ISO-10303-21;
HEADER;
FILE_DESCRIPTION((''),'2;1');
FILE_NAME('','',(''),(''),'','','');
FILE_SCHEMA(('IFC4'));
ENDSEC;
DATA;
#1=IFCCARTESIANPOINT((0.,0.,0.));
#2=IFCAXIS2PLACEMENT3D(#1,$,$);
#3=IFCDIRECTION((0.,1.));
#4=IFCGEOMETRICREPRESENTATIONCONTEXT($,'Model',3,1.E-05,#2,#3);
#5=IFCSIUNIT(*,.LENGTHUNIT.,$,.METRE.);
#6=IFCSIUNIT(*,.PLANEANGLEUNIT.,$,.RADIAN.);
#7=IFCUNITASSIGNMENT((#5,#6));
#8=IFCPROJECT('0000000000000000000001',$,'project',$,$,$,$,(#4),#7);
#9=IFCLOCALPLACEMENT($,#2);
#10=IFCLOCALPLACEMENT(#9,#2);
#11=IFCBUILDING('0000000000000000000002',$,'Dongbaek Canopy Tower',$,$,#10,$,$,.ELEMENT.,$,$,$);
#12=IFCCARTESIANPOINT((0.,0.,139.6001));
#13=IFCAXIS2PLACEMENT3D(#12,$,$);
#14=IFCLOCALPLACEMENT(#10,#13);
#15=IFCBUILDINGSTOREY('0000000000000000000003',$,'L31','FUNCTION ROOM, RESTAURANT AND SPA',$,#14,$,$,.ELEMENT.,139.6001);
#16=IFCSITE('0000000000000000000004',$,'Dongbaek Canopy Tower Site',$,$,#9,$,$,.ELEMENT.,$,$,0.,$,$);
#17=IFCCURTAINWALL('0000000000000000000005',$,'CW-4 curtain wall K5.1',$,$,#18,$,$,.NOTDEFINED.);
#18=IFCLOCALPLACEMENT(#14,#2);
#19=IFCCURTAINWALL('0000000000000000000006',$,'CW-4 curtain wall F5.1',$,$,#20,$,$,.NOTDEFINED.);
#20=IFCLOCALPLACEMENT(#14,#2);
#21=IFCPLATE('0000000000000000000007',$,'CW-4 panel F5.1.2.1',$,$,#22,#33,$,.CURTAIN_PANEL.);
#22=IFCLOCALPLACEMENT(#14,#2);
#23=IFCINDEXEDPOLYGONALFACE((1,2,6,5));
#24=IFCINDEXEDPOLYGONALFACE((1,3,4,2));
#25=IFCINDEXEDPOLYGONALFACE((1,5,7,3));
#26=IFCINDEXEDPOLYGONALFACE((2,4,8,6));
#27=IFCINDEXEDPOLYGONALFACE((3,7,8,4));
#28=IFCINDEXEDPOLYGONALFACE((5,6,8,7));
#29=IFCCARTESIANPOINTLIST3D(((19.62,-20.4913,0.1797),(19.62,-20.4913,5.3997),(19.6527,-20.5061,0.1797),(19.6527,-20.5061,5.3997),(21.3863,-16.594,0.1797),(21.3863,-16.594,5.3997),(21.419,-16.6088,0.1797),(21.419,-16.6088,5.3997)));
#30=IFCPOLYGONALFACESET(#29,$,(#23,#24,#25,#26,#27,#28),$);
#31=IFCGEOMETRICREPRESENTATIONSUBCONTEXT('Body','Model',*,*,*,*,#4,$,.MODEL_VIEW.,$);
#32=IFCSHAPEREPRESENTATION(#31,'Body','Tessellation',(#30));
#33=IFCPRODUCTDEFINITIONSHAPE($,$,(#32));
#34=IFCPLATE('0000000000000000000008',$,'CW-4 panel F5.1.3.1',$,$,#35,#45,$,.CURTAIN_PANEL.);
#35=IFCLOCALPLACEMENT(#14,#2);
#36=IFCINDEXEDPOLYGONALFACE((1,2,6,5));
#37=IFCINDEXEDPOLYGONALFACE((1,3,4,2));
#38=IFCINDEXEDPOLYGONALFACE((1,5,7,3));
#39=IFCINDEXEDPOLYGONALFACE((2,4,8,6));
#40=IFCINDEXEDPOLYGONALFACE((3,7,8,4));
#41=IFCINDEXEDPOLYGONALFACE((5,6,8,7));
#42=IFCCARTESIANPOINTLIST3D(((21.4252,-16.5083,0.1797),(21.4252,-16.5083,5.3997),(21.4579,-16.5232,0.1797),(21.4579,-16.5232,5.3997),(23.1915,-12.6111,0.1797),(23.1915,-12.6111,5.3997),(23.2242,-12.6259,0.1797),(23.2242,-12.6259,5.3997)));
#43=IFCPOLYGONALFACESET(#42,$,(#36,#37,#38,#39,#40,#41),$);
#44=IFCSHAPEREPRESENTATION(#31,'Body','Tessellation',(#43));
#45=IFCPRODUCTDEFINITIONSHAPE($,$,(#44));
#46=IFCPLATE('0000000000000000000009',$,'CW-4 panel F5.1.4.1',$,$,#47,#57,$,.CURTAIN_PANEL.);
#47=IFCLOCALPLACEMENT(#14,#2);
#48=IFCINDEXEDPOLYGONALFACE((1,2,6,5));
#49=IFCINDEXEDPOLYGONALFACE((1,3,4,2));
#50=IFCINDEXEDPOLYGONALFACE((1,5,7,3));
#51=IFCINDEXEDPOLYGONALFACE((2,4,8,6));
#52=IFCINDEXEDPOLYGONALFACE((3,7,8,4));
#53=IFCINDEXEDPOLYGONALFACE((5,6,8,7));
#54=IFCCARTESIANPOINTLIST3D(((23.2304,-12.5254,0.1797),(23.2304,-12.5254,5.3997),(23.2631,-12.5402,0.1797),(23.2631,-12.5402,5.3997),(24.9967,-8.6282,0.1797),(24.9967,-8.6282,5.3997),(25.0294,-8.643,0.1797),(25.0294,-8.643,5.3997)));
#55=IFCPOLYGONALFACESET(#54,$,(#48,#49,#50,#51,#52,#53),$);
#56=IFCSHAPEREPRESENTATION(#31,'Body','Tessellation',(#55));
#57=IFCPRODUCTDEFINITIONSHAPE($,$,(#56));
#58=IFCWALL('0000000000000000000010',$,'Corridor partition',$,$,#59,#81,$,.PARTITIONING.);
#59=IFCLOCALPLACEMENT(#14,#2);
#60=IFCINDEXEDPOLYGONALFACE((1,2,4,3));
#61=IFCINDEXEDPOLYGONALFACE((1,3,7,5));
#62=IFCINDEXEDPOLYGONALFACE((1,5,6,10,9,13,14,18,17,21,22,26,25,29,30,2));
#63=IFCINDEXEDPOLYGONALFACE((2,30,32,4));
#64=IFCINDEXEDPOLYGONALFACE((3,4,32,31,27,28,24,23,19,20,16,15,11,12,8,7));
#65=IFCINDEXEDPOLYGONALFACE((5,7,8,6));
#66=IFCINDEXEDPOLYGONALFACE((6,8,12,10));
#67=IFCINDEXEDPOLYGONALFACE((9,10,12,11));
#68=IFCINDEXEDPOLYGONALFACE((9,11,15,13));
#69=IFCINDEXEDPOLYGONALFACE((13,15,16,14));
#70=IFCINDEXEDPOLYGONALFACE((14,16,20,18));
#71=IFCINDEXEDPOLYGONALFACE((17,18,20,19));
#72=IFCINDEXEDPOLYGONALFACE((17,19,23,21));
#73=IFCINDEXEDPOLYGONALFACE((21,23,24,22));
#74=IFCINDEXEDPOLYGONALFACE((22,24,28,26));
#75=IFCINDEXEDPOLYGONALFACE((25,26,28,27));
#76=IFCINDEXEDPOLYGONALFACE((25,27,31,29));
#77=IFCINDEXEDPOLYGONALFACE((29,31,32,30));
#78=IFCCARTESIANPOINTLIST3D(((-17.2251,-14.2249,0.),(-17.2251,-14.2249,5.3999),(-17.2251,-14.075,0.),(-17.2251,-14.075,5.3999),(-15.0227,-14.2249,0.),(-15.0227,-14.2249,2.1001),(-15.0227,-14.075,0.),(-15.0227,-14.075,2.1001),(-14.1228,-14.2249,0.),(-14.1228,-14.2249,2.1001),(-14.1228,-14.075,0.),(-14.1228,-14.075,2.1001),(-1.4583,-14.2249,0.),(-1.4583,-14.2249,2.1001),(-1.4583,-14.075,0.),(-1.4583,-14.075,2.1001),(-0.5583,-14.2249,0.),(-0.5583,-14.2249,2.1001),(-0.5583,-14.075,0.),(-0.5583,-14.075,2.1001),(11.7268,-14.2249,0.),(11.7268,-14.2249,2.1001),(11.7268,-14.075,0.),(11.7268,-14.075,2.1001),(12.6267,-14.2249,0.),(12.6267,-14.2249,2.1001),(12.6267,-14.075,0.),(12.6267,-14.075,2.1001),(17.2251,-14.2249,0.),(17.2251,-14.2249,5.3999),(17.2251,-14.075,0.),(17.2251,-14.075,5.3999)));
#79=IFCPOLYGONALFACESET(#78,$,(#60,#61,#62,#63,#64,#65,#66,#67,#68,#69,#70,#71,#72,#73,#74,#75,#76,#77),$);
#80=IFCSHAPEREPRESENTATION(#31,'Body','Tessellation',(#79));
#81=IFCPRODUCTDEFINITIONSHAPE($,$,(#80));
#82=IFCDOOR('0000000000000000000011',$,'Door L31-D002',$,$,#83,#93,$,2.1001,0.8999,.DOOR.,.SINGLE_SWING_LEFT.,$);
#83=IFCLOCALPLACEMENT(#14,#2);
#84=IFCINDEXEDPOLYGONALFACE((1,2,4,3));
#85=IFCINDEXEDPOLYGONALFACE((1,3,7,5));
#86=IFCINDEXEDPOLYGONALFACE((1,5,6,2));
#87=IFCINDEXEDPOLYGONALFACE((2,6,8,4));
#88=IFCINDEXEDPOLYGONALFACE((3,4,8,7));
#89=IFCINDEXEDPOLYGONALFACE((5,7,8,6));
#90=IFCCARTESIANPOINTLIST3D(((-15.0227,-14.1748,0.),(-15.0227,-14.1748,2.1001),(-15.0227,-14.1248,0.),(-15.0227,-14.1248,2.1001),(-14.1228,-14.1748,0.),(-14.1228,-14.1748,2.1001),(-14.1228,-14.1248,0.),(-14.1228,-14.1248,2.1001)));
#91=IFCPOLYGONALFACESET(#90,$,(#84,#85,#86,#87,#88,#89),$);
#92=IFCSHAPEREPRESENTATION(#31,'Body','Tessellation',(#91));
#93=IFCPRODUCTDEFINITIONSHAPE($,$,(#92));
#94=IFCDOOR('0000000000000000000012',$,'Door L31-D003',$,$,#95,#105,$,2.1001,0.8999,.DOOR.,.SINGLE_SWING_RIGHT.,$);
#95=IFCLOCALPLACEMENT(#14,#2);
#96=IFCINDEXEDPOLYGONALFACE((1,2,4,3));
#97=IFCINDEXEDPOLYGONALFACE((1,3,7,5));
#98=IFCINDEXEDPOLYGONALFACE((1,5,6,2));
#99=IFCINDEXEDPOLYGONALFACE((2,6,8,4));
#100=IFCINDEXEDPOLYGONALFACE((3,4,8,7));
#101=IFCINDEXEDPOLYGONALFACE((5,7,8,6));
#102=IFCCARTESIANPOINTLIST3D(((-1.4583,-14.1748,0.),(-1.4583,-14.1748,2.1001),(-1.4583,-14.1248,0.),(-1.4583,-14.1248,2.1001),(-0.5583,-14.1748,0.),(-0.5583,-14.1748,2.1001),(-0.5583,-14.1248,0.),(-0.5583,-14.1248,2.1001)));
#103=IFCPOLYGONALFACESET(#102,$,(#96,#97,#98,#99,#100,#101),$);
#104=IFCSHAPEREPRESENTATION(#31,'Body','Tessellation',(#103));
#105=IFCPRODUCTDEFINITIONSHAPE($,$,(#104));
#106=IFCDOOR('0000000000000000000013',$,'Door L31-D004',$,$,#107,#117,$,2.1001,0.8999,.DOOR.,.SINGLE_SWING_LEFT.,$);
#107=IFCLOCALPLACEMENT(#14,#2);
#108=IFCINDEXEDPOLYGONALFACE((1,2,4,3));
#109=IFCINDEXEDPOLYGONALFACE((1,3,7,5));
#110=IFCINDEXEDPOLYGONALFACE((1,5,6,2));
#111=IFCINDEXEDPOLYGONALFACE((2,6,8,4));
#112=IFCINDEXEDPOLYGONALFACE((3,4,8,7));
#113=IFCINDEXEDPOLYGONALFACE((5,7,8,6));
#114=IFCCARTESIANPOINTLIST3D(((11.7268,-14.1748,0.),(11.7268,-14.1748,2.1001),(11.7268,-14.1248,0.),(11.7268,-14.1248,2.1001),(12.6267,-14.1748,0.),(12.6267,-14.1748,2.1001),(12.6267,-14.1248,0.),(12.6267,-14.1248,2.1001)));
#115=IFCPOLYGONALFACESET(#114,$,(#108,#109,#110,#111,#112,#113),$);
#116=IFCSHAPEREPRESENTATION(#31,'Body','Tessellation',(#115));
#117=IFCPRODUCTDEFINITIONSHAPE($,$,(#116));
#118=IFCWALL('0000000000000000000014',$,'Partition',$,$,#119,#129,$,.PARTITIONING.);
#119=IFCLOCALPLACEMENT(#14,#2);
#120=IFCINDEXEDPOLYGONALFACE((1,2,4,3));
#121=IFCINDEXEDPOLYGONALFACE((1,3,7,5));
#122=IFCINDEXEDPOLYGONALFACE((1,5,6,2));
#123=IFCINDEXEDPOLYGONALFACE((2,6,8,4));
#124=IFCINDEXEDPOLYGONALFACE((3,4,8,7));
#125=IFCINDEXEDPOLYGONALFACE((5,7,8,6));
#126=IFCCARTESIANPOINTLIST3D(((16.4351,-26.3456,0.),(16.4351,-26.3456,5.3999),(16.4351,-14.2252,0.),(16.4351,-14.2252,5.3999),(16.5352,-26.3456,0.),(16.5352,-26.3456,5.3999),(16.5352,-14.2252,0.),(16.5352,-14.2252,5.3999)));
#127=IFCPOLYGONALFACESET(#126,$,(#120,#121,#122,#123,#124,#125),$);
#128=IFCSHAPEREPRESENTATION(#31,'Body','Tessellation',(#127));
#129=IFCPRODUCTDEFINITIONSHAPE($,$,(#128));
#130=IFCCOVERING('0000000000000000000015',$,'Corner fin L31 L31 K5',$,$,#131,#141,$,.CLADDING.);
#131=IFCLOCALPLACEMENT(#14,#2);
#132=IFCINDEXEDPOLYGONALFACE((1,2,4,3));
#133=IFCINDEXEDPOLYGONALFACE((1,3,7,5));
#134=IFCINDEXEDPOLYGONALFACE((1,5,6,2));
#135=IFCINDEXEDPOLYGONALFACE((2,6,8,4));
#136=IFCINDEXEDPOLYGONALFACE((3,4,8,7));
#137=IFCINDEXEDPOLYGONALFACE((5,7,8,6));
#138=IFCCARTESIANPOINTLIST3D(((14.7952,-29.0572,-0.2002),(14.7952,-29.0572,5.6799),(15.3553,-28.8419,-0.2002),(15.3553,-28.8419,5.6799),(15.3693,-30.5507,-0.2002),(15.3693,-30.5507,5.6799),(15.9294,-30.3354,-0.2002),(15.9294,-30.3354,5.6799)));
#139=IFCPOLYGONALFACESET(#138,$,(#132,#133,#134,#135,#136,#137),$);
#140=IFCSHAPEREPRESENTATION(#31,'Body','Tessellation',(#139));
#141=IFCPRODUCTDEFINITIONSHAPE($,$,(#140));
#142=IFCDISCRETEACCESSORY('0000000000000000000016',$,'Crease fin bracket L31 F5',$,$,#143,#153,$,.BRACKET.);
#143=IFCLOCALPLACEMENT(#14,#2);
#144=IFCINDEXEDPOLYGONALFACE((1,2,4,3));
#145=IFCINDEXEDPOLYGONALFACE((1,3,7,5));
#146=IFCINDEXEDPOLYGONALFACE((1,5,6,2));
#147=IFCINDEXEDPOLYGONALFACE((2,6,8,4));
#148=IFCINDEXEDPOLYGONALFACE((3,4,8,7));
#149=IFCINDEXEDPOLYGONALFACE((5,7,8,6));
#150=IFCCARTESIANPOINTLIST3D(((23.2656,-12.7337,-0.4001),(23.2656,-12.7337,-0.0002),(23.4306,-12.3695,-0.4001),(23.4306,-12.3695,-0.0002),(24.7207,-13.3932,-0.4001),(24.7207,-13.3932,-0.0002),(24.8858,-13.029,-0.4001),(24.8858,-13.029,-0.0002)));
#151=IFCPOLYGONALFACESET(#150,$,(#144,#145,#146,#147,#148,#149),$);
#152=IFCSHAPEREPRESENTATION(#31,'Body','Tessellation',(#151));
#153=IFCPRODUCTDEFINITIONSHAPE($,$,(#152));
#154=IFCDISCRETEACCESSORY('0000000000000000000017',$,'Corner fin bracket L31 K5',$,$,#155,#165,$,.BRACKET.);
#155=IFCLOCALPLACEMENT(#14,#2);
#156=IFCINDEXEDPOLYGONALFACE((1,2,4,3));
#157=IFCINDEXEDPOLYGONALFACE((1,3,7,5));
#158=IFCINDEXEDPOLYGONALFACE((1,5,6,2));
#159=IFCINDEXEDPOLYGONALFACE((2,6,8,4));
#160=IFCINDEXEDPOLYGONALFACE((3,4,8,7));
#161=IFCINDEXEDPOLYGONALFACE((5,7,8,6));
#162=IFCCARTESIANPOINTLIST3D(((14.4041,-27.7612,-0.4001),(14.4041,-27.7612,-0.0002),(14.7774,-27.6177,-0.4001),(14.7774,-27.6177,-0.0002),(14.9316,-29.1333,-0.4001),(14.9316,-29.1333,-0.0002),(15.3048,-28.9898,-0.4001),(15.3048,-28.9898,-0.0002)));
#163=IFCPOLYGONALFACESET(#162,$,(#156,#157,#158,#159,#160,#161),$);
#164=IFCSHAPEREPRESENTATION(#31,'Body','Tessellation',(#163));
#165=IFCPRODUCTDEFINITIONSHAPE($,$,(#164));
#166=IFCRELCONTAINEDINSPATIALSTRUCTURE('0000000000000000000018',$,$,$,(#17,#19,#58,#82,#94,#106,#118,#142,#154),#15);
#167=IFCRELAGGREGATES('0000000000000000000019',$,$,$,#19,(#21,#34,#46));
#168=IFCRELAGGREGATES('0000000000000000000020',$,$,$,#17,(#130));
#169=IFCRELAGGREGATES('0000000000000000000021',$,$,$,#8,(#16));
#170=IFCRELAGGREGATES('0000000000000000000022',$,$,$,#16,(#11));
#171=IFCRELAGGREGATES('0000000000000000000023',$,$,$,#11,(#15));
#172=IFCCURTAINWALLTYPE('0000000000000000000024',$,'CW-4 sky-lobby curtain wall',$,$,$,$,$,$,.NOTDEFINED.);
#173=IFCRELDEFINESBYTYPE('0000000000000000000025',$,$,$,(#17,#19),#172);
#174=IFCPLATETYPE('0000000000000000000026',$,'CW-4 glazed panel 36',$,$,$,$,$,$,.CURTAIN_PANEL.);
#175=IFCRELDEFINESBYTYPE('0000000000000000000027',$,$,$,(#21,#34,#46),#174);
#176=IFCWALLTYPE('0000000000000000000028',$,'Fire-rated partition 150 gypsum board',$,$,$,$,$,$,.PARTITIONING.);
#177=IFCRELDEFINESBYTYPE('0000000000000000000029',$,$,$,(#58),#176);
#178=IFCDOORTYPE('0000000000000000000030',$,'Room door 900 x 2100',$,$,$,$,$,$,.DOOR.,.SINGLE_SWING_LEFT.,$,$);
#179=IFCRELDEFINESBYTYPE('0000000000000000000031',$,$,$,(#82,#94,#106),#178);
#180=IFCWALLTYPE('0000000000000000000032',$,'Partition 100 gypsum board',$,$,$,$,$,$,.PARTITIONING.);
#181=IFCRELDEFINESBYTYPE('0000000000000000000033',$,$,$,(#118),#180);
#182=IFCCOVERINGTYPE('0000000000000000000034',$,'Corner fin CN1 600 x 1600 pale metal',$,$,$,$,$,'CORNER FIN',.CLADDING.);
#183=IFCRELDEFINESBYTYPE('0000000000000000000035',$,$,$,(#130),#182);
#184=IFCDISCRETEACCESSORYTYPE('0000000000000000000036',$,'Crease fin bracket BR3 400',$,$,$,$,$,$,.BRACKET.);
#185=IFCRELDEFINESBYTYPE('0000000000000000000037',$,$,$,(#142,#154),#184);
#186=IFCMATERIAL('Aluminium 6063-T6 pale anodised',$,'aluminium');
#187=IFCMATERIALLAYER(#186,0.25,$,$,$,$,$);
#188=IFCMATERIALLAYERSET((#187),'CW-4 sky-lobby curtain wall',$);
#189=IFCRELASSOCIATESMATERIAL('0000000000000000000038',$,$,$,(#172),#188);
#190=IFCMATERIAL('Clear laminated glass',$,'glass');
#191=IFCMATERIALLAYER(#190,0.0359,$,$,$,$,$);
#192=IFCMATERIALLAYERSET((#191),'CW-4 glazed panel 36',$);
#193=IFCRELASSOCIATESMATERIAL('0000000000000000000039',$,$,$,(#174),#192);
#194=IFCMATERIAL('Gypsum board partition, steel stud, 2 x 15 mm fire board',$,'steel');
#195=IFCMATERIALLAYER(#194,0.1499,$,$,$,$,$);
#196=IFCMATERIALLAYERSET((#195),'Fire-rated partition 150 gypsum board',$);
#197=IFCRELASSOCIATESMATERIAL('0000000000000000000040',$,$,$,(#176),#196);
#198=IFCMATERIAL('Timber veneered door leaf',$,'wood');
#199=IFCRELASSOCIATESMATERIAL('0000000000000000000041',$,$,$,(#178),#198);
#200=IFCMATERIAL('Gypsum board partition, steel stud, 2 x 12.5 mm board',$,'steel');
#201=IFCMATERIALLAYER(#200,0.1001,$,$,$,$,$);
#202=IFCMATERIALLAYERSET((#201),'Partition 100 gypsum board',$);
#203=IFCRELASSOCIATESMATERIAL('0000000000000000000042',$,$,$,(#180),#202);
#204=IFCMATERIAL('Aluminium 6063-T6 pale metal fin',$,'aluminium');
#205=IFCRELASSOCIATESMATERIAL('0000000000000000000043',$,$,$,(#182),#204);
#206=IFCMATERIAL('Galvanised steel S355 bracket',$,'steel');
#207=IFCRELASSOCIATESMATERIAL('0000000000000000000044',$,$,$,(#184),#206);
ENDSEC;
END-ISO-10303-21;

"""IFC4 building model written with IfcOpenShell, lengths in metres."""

from ifc_helpers import new_model, si_unit, direction, frame, frame_2d, origin, origin_2d, place, context, subcontext, project, spatial, rectangle, extrude, material, layer, layer_set, material_profile, profile_set, type_object, element, fill, aggregate, save


model = new_model("IFC4")

# Units and contexts
model_context = context("Model", 3, precision=1e-05, world=origin(), true_north=direction((0.0, 1.0)))
body_context = subcontext(model_context, "Body", "Model", "MODEL_VIEW")
ifc_project = project(units=[si_unit("LENGTHUNIT", "METRE"), si_unit("PLANEANGLEUNIT", "RADIAN")], contexts=[model_context])

# Site, building, storey
site_placement = place(None, origin())
site = spatial("IfcSite", under=ifc_project, at=site_placement, Name="Dongbaek Canopy Tower Site", CompositionType="ELEMENT", RefElevation=0.0)
building_placement = place(site_placement, origin())
building = spatial("IfcBuilding", under=site, at=building_placement, Name="Dongbaek Canopy Tower", CompositionType="ELEMENT")
storey_placement = place(building_placement, frame((0.0, 0.0, 139.6001)))
storey = spatial("IfcBuildingStorey", under=building, at=storey_placement, Name="L31", Description="FUNCTION ROOM, RESTAURANT AND SPA", CompositionType="ELEMENT", Elevation=139.6001)

# Curtain walls
ifc_material_1 = material(Name="Aluminium 6063-T6 pale anodised", Category="aluminium")
ifc_layer_1 = layer(ifc_material_1, 0.25)
ifc_layer_set_1 = layer_set([ifc_layer_1], Name="CW-4 sky-lobby curtain wall")
curtain_wall_type = type_object("IfcCurtainWallType", Name="CW-4 sky-lobby curtain wall", PredefinedType="NOTDEFINED", material=ifc_layer_set_1)
curtain_wall_1_placement = place(storey_placement, origin())
curtain_wall_1 = element("IfcCurtainWall", 1, at=curtain_wall_1_placement, inside=storey, type_object=curtain_wall_type, Name="CW-4 curtain wall K5.1", PredefinedType="NOTDEFINED")
curtain_wall_2_placement = place(storey_placement, origin())
curtain_wall_2 = element("IfcCurtainWall", 2, at=curtain_wall_2_placement, inside=storey, type_object=curtain_wall_type, Name="CW-4 curtain wall F5.1", PredefinedType="NOTDEFINED")

# Plates
ifc_material_2 = material(Name="Clear laminated glass", Category="glass")
ifc_layer_2 = layer(ifc_material_2, 0.0359)
ifc_layer_set_2 = layer_set([ifc_layer_2], Name="CW-4 glazed panel 36")
plate_type = type_object("IfcPlateType", Name="CW-4 glazed panel 36", PredefinedType="CURTAIN_PANEL", material=ifc_layer_set_2)
plate_1_placement = place(storey_placement, frame((20.5195, -18.55, 0.1797), z_axis=(0.0, 0.0, 1.0), x_axis=(0.412804, 0.91082, 0.0)))
plate_1 = element("IfcPlate", 3, at=plate_1_placement, type_object=plate_type, Name="CW-4 panel F5.1.2.1", PredefinedType="CURTAIN_PANEL", context=body_context, shape_type="SweptSolid", body=[
    extrude(rectangle(XDim=4.2788, YDim=0.0359, at=origin_2d()), origin(), (0.0, 0.0, 1.0), 5.22),
])
plate_2_placement = place(storey_placement, frame((22.3247, -14.5671, 0.1797), z_axis=(0.0, 0.0, 1.0), x_axis=(0.412804, 0.91082, 0.0)))
plate_2 = element("IfcPlate", 4, at=plate_2_placement, type_object=plate_type, Name="CW-4 panel F5.1.3.1", PredefinedType="CURTAIN_PANEL", context=body_context, shape_type="SweptSolid", body=[
    extrude(rectangle(XDim=4.2788, YDim=0.0359, at=origin_2d()), origin(), (0.0, 0.0, 1.0), 5.22),
])
plate_3_placement = place(storey_placement, frame((24.1299, -10.5842, 0.1797), z_axis=(0.0, 0.0, 1.0), x_axis=(0.412804, 0.91082, 0.0)))
plate_3 = element("IfcPlate", 5, at=plate_3_placement, type_object=plate_type, Name="CW-4 panel F5.1.4.1", PredefinedType="CURTAIN_PANEL", context=body_context, shape_type="SweptSolid", body=[
    extrude(rectangle(XDim=4.2788, YDim=0.0359, at=origin_2d()), origin(), (0.0, 0.0, 1.0), 5.22),
])
aggregate(curtain_wall_2, [plate_1, plate_2, plate_3])

# Wall, openings, doors
ifc_material_3 = material(Name="Gypsum board partition, steel stud, 2 x 15 mm fire board", Category="steel")
ifc_layer_3 = layer(ifc_material_3, 0.1499)
ifc_layer_set_3 = layer_set([ifc_layer_3], Name="Fire-rated partition 150 gypsum board")
wall_type_1 = type_object("IfcWallType", Name="Fire-rated partition 150 gypsum board", PredefinedType="PARTITIONING", material=ifc_layer_set_3)
wall_1_placement = place(storey_placement, frame((17.2251, -14.1499, 0.0), z_axis=(0.0, 0.0, 1.0), x_axis=(-1.0, 0.0, 0.0)))
wall_1 = element("IfcWall", 6, at=wall_1_placement, inside=storey, type_object=wall_type_1, Name="Corridor partition", PredefinedType="PARTITIONING", context=body_context, shape_type="SweptSolid", body=[
    extrude(rectangle(XDim=34.4502, YDim=0.1499, at=frame_2d((17.2251, 0.0))), origin(), (0.0, 0.0, 1.0), 5.3999),
])
opening_1_placement = place(wall_1_placement, frame((31.3479, 0.0, 0.0)))
opening_1 = element("IfcOpeningElement", 7, at=opening_1_placement, cuts=wall_1, PredefinedType="OPENING", context=body_context, shape_type="SweptSolid", body=[
    extrude(rectangle(XDim=0.8999, YDim=2.1001, at=frame_2d((0.45, 1.05))), frame((0.0, 0.085, 0.0), z_axis=(0.0, -1.0, 0.0), x_axis=(1.0, 0.0, 0.0)), (0.0, 0.0, 1.0), 0.1699),
])
opening_2_placement = place(wall_1_placement, frame((17.7834, 0.0, 0.0)))
opening_2 = element("IfcOpeningElement", 8, at=opening_2_placement, cuts=wall_1, PredefinedType="OPENING", context=body_context, shape_type="SweptSolid", body=[
    extrude(rectangle(XDim=0.8999, YDim=2.1001, at=frame_2d((0.45, 1.05))), frame((0.0, 0.085, 0.0), z_axis=(0.0, -1.0, 0.0), x_axis=(1.0, 0.0, 0.0)), (0.0, 0.0, 1.0), 0.1699),
])
opening_3_placement = place(wall_1_placement, frame((4.5984, 0.0, 0.0)))
opening_3 = element("IfcOpeningElement", 9, at=opening_3_placement, cuts=wall_1, PredefinedType="OPENING", context=body_context, shape_type="SweptSolid", body=[
    extrude(rectangle(XDim=0.8999, YDim=2.1001, at=frame_2d((0.45, 1.05))), frame((0.0, 0.085, 0.0), z_axis=(0.0, -1.0, 0.0), x_axis=(1.0, 0.0, 0.0)), (0.0, 0.0, 1.0), 0.1699),
])
ifc_material_4 = material(Name="Timber veneered door leaf", Category="wood")
door_type = type_object("IfcDoorType", Name="Room door 900 x 2100", OperationType="SINGLE_SWING_LEFT", PredefinedType="DOOR", material=ifc_material_4)
door_1_placement = place(opening_1_placement, origin())
door_1 = element("IfcDoor", 10, at=door_1_placement, inside=storey, type_object=door_type, Name="Door L31-D002", OperationType="SINGLE_SWING_LEFT", OverallHeight=2.1001, OverallWidth=0.8999, PredefinedType="DOOR", context=body_context, shape_type="SweptSolid", body=[
    extrude(rectangle(XDim=0.8999, YDim=2.1001, at=frame_2d((0.45, 1.05))), frame((0.0, 0.0249, 0.0), z_axis=(0.0, -1.0, 0.0), x_axis=(1.0, 0.0, 0.0)), (0.0, 0.0, 1.0), 0.05),
])
fill(opening_1, door_1)
door_2_placement = place(opening_2_placement, origin())
door_2 = element("IfcDoor", 11, at=door_2_placement, inside=storey, type_object=door_type, Name="Door L31-D003", OperationType="SINGLE_SWING_RIGHT", OverallHeight=2.1001, OverallWidth=0.8999, PredefinedType="DOOR", context=body_context, shape_type="SweptSolid", body=[
    extrude(rectangle(XDim=0.8999, YDim=2.1001, at=frame_2d((0.45, 1.05))), frame((0.0, 0.0249, 0.0), z_axis=(0.0, -1.0, 0.0), x_axis=(1.0, 0.0, 0.0)), (0.0, 0.0, 1.0), 0.05),
])
fill(opening_2, door_2)
door_3_placement = place(opening_3_placement, origin())
door_3 = element("IfcDoor", 12, at=door_3_placement, inside=storey, type_object=door_type, Name="Door L31-D004", OperationType="SINGLE_SWING_LEFT", OverallHeight=2.1001, OverallWidth=0.8999, PredefinedType="DOOR", context=body_context, shape_type="SweptSolid", body=[
    extrude(rectangle(XDim=0.8999, YDim=2.1001, at=frame_2d((0.45, 1.05))), frame((0.0, 0.0249, 0.0), z_axis=(0.0, -1.0, 0.0), x_axis=(1.0, 0.0, 0.0)), (0.0, 0.0, 1.0), 0.05),
])
fill(opening_3, door_3)

# Wall
ifc_material_5 = material(Name="Gypsum board partition, steel stud, 2 x 12.5 mm board", Category="steel")
ifc_layer_4 = layer(ifc_material_5, 0.1001)
ifc_layer_set_4 = layer_set([ifc_layer_4], Name="Partition 100 gypsum board")
wall_type_2 = type_object("IfcWallType", Name="Partition 100 gypsum board", PredefinedType="PARTITIONING", material=ifc_layer_set_4)
wall_2_placement = place(storey_placement, frame((16.4851, -26.3455, 0.0), z_axis=(0.0, 0.0, 1.0), x_axis=(0.0, 1.0, 0.0)))
element("IfcWall", 13, at=wall_2_placement, inside=storey, type_object=wall_type_2, Name="Partition", PredefinedType="PARTITIONING", context=body_context, shape_type="SweptSolid", body=[
    extrude(rectangle(XDim=12.1204, YDim=0.1001, at=frame_2d((6.0601, 0.0))), origin(), (0.0, 0.0, 1.0), 5.3999),
])

# Covering
ifc_material_6 = material(Name="Aluminium 6063-T6 pale metal fin", Category="aluminium")
ifc_material_profile_1 = material_profile(ifc_material_6, rectangle(XDim=1.6001, YDim=0.6001, at=origin_2d()), Name="Corner fin CN1 600 x 1600 pale metal")
ifc_profile_set_1 = profile_set([ifc_material_profile_1], Name="Aluminium 6063-T6 pale metal fin")
covering_type = type_object("IfcCoveringType", Name="Corner fin CN1 600 x 1600 pale metal", ElementType="CORNER FIN", PredefinedType="CLADDING", material=ifc_profile_set_1)
covering_placement = place(storey_placement, frame((15.3623, -29.6963, -0.2002), z_axis=(0.0, 0.0, 1.0), x_axis=(0.358809, -0.933411, 0.0)))
covering = element("IfcCovering", 14, at=covering_placement, type_object=covering_type, Name="Corner fin L31 L31 K5", PredefinedType="CLADDING", context=body_context, shape_type="SweptSolid", body=[
    extrude(rectangle(XDim=1.6001, YDim=0.6001, at=origin_2d()), origin(), (0.0, 0.0, 1.0), 5.8801),
])
aggregate(curtain_wall_1, [covering])

# Discrete accessories
ifc_material_7 = material(Name="Galvanised steel S355 bracket", Category="steel")
discrete_accessory_type = type_object("IfcDiscreteAccessoryType", Name="Crease fin bracket BR3 400", PredefinedType="BRACKET", material=ifc_material_7)
discrete_accessory_1_placement = place(storey_placement, frame((24.0757, -12.8813, -0.4001), z_axis=(0.0, 0.0, 1.0), x_axis=(0.91082, -0.412804, 0.0)))
element("IfcDiscreteAccessory", 15, at=discrete_accessory_1_placement, inside=storey, type_object=discrete_accessory_type, Name="Crease fin bracket L31 F5", PredefinedType="BRACKET", context=body_context, shape_type="SweptSolid", body=[
    extrude(rectangle(XDim=1.5977, YDim=0.3999, at=origin_2d()), origin(), (0.0, 0.0, 1.0), 0.3999),
])
discrete_accessory_2_placement = place(storey_placement, frame((14.8545, -28.3755, -0.4001), z_axis=(0.0, 0.0, 1.0), x_axis=(0.358809, -0.933411, 0.0)))
element("IfcDiscreteAccessory", 16, at=discrete_accessory_2_placement, inside=storey, type_object=discrete_accessory_type, Name="Corner fin bracket L31 K5", PredefinedType="BRACKET", context=body_context, shape_type="SweptSolid", body=[
    extrude(rectangle(XDim=1.47, YDim=0.3999, at=origin_2d()), origin(), (0.0, 0.0, 1.0), 0.3999),
])

save(model, "model.ifc")
